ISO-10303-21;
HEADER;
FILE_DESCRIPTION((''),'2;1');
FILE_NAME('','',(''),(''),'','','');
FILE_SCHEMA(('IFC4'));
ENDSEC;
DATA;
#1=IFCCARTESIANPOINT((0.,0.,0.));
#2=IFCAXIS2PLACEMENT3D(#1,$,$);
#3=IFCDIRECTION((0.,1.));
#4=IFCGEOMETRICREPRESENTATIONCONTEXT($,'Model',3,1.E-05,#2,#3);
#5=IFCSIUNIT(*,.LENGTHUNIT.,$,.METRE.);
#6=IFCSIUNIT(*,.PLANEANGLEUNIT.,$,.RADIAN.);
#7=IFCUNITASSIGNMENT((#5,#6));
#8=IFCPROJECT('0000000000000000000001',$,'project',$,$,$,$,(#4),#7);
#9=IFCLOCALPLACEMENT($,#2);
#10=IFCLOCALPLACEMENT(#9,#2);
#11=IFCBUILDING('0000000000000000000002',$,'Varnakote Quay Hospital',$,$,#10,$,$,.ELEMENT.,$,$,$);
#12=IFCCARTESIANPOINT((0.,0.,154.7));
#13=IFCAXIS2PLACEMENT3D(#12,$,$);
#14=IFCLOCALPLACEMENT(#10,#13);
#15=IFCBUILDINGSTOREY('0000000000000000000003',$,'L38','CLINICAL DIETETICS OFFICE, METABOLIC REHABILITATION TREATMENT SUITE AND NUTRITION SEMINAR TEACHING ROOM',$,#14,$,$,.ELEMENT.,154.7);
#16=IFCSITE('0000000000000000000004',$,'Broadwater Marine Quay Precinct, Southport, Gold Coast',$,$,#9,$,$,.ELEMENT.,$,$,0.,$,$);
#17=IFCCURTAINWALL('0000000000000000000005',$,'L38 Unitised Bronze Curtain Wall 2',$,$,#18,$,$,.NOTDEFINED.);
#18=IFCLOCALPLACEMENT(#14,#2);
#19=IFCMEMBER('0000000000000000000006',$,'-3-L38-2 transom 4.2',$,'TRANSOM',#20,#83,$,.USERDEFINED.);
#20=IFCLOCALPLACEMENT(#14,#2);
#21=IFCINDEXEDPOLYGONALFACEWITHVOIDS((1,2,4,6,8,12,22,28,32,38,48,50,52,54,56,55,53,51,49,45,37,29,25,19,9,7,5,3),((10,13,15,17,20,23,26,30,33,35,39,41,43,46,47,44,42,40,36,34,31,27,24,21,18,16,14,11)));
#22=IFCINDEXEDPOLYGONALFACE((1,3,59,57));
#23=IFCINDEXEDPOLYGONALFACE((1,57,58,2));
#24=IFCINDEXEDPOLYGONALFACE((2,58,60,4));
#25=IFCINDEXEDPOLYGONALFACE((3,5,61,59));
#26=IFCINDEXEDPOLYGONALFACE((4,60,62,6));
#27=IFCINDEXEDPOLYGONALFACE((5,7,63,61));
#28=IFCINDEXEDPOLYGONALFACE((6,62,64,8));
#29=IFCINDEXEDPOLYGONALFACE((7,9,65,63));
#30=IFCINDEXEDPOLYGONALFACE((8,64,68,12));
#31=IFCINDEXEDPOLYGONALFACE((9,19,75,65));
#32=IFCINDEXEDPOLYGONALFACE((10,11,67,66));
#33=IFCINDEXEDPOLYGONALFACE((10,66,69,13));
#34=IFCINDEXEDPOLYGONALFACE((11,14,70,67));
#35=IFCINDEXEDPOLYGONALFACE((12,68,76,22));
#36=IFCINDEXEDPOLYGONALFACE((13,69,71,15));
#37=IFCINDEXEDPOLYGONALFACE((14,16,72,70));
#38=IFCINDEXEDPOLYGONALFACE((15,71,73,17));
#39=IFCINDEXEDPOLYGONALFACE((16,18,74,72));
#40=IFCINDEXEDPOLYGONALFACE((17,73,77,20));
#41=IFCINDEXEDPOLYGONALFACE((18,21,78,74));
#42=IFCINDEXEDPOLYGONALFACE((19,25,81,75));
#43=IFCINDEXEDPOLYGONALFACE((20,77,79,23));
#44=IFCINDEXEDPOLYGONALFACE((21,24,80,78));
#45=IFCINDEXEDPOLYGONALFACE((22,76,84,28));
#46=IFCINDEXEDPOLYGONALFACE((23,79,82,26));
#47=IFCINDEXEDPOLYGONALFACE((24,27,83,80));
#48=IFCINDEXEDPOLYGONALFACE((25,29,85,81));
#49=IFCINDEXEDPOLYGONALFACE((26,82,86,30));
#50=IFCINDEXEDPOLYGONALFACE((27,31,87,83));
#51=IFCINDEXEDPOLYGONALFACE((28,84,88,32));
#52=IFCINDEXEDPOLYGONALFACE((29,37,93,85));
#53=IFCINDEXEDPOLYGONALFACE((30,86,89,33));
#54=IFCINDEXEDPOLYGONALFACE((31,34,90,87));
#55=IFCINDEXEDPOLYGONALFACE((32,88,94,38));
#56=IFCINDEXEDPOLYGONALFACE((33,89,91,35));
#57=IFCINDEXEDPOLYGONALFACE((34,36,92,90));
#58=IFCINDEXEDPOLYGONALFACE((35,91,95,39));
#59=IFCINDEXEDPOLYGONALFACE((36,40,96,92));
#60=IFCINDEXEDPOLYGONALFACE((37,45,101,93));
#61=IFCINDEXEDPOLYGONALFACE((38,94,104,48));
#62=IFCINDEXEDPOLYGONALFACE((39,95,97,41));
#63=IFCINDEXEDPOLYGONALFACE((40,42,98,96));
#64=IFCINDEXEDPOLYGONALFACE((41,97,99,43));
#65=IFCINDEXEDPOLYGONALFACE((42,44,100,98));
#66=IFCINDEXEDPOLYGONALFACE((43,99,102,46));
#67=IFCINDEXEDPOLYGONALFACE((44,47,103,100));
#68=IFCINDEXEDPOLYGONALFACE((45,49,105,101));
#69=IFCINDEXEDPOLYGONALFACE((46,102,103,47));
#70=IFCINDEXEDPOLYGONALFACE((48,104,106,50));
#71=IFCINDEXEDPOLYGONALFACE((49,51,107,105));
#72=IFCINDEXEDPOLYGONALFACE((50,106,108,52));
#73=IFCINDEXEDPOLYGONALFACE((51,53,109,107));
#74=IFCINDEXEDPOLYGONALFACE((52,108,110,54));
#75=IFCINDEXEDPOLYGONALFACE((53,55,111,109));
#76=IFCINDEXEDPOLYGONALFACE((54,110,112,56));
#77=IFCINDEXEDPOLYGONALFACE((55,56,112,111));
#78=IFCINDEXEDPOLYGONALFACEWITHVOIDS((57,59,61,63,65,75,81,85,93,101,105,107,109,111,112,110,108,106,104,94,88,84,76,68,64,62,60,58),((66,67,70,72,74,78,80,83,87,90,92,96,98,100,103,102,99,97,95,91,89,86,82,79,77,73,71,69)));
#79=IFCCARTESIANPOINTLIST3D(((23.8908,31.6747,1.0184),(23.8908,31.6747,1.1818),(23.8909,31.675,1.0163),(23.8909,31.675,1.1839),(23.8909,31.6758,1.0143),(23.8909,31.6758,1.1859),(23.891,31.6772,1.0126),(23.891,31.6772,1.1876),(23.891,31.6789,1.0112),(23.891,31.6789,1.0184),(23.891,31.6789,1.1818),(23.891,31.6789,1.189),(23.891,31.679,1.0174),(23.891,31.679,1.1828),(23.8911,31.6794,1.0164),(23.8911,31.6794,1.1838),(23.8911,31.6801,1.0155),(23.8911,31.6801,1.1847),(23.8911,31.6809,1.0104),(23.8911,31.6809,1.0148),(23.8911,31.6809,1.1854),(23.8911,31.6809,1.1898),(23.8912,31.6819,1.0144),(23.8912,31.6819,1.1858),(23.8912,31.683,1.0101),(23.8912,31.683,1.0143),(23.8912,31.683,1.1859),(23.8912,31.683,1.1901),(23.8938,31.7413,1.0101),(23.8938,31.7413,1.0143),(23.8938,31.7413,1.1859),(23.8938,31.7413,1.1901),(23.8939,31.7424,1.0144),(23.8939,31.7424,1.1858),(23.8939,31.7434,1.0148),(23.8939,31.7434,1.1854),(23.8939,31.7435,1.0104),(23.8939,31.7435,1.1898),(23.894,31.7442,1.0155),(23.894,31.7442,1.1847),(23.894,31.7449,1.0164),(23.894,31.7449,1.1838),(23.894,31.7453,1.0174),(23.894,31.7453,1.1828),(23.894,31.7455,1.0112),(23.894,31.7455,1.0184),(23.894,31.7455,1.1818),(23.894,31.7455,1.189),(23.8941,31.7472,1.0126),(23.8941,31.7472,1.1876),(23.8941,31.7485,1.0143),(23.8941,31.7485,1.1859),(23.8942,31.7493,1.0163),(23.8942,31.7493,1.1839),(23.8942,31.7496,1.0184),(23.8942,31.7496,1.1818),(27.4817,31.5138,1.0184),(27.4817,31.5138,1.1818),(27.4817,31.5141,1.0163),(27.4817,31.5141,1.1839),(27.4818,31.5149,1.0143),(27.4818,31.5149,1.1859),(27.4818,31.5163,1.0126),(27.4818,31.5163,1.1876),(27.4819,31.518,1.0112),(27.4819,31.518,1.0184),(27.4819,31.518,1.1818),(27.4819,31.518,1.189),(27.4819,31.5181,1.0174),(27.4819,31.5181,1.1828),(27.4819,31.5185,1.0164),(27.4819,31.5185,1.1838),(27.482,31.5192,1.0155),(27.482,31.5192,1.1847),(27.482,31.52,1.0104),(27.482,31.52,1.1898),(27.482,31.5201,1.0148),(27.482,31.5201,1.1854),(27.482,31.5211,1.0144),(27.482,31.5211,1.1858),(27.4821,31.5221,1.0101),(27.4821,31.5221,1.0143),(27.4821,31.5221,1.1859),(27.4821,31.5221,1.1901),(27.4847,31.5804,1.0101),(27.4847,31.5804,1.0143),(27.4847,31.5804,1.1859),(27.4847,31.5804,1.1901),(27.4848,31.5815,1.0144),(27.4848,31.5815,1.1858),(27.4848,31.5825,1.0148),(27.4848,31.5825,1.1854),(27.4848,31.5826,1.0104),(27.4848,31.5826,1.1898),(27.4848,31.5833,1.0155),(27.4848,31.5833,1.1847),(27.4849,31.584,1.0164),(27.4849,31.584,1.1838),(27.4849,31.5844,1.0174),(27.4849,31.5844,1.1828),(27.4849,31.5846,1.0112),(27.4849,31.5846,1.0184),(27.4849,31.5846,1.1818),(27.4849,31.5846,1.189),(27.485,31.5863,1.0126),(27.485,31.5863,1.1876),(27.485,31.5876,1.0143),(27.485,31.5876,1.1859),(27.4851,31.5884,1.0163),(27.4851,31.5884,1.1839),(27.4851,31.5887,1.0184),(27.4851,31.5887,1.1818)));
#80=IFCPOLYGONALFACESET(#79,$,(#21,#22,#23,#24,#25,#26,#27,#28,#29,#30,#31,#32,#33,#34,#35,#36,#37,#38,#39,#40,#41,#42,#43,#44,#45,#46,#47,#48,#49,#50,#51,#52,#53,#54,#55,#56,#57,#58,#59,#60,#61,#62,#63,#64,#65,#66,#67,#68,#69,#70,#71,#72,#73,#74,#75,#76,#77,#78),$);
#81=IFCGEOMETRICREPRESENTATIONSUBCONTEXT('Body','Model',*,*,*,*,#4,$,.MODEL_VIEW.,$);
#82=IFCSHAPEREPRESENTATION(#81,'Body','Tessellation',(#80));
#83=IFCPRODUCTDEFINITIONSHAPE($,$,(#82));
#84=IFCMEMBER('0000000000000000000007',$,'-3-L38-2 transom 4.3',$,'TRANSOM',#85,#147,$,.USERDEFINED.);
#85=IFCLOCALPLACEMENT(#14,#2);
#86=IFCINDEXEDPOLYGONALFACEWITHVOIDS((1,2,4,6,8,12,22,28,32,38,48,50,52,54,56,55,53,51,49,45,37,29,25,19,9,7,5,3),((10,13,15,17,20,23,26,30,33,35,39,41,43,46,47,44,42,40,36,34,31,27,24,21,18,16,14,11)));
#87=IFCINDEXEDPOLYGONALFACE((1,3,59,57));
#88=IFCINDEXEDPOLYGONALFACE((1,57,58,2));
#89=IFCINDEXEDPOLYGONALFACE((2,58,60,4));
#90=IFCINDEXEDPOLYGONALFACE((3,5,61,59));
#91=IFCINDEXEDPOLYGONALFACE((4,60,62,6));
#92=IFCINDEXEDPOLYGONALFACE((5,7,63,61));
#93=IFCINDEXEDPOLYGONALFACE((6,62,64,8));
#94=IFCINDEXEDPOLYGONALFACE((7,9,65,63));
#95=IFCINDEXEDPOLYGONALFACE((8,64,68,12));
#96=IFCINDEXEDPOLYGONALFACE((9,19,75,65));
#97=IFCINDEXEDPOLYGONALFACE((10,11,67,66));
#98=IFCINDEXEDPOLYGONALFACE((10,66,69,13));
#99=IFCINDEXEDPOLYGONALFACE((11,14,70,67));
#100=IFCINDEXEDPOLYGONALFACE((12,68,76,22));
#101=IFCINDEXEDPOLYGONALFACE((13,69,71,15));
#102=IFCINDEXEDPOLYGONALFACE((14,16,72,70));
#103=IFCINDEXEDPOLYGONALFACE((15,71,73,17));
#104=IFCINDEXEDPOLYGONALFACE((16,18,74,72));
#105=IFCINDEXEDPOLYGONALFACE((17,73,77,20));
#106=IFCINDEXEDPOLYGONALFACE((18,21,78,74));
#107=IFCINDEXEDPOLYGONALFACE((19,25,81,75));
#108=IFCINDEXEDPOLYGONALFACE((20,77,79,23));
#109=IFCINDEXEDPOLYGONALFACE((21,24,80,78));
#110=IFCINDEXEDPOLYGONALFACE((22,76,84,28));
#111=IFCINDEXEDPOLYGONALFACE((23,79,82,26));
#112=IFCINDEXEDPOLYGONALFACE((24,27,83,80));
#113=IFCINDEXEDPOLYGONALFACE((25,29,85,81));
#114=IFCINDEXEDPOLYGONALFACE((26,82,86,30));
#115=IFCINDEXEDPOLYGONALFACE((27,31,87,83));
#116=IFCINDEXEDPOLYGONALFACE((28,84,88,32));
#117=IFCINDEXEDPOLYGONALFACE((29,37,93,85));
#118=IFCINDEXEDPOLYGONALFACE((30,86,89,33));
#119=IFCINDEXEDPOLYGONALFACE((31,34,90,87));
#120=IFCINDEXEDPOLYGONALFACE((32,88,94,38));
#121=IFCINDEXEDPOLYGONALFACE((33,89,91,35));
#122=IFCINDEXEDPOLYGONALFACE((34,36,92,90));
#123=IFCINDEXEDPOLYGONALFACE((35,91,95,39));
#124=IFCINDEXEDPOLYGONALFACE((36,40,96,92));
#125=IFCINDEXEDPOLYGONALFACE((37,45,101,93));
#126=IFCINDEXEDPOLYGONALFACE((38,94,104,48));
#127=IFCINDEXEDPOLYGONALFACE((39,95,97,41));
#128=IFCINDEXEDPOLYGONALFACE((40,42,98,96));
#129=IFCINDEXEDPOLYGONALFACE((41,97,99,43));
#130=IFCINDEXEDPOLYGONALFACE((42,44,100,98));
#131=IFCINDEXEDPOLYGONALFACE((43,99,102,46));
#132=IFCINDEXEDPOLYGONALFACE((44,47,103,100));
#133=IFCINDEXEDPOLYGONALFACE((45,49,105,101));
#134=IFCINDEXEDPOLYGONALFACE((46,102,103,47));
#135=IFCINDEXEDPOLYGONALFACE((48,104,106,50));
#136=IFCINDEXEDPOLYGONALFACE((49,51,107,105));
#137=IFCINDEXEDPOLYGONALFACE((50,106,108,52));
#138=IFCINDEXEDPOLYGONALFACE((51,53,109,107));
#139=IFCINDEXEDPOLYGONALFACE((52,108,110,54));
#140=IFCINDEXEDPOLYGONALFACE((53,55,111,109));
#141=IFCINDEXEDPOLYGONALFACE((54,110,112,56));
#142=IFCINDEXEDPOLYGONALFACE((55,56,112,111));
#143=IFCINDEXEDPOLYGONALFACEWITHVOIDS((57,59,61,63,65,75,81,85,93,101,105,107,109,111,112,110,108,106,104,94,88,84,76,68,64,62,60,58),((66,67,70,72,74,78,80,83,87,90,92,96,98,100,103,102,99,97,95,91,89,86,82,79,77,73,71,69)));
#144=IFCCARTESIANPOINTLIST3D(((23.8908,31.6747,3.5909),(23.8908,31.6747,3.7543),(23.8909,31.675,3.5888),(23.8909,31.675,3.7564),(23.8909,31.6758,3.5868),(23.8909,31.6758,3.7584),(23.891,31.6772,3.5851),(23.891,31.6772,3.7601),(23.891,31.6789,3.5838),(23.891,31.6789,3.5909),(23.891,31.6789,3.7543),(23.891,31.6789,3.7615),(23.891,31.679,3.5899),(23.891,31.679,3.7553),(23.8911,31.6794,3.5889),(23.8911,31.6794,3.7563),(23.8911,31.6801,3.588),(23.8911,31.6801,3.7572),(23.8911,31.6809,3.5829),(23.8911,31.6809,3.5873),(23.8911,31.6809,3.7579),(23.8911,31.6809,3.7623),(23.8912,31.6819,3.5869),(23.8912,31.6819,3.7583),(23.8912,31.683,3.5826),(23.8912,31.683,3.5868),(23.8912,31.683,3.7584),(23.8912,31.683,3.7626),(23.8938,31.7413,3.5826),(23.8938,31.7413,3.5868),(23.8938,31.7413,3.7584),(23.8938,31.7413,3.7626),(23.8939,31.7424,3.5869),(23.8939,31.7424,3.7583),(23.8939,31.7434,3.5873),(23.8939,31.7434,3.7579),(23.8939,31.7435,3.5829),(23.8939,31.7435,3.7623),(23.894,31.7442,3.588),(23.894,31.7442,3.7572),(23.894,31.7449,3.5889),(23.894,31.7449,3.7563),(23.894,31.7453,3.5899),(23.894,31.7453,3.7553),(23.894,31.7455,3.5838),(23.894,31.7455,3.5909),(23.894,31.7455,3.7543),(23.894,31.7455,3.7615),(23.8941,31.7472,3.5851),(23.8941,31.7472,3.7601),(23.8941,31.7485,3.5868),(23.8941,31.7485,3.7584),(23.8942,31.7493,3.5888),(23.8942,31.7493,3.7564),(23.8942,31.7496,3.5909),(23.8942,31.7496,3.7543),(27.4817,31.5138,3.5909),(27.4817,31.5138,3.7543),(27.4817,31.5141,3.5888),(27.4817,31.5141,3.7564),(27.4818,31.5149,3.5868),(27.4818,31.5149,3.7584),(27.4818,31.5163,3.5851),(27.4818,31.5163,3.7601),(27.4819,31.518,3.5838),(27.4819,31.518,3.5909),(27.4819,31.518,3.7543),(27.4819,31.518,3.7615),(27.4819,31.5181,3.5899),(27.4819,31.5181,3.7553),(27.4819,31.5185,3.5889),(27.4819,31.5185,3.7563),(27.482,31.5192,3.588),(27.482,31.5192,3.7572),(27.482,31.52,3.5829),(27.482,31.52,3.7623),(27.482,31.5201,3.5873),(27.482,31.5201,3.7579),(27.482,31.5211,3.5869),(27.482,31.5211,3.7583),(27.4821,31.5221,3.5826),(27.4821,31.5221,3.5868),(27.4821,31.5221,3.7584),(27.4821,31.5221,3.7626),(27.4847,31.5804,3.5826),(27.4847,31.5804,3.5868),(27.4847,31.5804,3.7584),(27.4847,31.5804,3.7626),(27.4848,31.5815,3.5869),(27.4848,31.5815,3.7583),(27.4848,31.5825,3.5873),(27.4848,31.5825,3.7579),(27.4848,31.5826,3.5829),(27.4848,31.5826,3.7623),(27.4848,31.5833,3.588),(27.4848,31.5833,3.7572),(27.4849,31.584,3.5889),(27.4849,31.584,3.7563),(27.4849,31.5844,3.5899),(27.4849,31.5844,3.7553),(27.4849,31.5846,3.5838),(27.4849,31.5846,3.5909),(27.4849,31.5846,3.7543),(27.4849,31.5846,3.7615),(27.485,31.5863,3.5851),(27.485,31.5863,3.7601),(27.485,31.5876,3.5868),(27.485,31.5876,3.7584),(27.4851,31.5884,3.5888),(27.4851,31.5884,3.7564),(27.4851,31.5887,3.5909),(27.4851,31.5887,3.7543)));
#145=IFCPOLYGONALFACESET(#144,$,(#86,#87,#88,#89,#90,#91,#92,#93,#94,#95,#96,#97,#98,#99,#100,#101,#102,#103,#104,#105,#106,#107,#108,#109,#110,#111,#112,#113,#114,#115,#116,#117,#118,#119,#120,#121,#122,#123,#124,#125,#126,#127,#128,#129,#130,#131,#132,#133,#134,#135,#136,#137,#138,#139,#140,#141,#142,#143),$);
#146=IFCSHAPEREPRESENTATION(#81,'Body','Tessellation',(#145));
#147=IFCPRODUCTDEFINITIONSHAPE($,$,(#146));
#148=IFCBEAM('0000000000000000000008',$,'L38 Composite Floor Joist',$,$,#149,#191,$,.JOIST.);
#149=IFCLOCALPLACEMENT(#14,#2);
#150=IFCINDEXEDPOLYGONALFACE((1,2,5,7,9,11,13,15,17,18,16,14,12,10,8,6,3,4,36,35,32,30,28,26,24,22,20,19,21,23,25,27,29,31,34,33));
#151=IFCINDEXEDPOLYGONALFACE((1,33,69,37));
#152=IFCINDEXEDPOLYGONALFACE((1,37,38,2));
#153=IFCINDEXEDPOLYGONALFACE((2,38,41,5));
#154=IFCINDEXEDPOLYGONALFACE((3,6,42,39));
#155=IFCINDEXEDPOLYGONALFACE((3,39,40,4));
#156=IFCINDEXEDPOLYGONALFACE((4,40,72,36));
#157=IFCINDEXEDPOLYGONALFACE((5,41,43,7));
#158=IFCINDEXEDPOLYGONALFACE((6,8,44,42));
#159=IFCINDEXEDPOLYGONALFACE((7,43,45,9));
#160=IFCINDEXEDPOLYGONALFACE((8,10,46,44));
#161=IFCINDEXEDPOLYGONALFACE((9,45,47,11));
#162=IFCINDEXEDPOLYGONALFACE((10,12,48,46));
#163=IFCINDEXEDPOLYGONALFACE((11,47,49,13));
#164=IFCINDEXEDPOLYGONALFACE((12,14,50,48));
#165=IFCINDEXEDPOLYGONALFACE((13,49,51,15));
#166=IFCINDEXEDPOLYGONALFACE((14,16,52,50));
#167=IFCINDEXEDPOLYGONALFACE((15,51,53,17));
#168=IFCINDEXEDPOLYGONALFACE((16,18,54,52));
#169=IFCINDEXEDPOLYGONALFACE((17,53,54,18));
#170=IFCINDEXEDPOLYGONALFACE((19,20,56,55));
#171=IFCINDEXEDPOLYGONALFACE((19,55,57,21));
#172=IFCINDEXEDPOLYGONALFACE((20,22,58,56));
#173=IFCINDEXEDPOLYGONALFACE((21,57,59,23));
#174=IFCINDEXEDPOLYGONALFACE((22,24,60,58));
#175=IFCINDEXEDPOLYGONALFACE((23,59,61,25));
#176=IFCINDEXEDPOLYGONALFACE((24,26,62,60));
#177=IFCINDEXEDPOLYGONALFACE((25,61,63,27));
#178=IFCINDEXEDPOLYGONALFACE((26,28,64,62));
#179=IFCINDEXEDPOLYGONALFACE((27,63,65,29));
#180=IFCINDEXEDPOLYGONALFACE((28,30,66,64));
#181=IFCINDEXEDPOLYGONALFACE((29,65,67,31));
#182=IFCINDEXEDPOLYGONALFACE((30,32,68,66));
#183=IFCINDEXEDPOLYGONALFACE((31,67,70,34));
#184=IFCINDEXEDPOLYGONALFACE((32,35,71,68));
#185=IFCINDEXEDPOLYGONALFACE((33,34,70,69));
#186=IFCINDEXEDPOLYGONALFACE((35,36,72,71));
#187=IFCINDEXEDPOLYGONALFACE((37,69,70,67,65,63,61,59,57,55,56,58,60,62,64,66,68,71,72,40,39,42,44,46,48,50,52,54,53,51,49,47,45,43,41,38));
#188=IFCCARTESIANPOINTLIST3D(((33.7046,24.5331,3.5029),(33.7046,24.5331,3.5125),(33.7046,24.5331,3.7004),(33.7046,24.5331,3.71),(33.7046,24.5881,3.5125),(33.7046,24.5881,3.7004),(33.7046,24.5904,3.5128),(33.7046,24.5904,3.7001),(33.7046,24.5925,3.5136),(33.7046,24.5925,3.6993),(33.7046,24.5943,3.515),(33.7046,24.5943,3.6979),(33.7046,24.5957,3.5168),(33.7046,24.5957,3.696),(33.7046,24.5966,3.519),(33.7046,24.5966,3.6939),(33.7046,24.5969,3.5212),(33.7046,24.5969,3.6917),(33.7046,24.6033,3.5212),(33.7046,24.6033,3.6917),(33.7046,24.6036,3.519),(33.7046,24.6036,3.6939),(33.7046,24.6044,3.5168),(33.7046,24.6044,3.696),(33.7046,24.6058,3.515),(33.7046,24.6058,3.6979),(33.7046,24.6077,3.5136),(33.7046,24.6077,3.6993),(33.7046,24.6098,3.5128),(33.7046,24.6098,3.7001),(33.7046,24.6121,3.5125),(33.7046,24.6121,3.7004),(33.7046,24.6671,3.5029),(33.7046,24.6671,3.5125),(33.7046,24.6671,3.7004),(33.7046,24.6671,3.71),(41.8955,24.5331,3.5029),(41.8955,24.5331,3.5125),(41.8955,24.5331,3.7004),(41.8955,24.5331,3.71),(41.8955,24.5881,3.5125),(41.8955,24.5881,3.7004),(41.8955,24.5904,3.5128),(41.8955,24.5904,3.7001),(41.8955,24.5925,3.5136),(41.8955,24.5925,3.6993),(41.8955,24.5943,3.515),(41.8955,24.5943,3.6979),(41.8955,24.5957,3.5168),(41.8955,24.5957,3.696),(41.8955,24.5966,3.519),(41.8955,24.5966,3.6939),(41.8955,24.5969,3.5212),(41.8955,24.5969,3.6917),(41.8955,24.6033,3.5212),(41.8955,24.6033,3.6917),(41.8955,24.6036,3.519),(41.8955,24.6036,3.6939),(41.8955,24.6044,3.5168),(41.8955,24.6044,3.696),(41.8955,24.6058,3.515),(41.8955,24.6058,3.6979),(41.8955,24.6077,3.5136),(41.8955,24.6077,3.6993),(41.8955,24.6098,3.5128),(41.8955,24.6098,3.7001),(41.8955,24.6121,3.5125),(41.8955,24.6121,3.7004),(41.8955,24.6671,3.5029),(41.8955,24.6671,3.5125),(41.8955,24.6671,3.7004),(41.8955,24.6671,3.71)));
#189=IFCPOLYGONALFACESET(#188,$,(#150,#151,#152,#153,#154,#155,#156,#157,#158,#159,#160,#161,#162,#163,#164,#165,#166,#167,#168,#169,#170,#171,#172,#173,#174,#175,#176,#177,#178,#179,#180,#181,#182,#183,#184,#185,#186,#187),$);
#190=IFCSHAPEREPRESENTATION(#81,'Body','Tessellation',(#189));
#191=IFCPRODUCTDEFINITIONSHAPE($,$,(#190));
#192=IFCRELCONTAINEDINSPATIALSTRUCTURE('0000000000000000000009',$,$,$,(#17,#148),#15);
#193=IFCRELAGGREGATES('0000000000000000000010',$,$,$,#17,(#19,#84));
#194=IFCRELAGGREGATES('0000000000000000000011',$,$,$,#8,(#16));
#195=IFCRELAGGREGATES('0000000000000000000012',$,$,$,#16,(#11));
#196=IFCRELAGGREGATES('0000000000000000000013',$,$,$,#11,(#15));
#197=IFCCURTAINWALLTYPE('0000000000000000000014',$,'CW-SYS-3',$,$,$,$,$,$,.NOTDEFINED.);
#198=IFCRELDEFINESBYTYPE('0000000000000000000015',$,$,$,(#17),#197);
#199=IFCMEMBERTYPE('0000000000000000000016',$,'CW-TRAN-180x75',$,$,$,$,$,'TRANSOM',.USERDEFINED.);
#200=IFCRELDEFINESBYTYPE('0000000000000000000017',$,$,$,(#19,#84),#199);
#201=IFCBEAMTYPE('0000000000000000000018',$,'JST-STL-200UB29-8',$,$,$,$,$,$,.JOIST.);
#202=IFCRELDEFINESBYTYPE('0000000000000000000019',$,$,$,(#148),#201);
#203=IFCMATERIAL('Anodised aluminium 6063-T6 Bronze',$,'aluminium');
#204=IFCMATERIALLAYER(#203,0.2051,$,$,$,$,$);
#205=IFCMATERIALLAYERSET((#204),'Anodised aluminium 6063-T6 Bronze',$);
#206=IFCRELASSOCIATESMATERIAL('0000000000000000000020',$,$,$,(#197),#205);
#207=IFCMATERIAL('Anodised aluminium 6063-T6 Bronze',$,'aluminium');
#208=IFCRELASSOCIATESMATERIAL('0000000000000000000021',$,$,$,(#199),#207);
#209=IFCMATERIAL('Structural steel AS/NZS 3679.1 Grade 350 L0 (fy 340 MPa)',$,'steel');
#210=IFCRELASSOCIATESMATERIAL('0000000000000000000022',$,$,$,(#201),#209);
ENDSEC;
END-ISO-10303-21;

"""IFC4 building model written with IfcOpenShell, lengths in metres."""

from ifc_helpers import new_model, si_unit, direction, frame, origin, origin_2d, place, context, subcontext, project, spatial, hollow_rectangle, i_section, extrude, material, layer, layer_set, material_profile, profile_set, type_object, element, aggregate, save


model = new_model("IFC4")

# Units and contexts
model_context = context("Model", 3, precision=1e-05, world=origin(), true_north=direction((0.0, 1.0)))
body_context = subcontext(model_context, "Body", "Model", "MODEL_VIEW")
ifc_project = project(units=[si_unit("LENGTHUNIT", "METRE"), si_unit("PLANEANGLEUNIT", "RADIAN")], contexts=[model_context])

# Site, building, storey
site_placement = place(None, origin())
site = spatial("IfcSite", under=ifc_project, at=site_placement, Name="Broadwater Marine Quay Precinct, Southport, Gold Coast", CompositionType="ELEMENT", RefElevation=0.0)
building_placement = place(site_placement, origin())
building = spatial("IfcBuilding", under=site, at=building_placement, Name="Varnakote Quay Hospital", CompositionType="ELEMENT")
storey_placement = place(building_placement, frame((0.0, 0.0, 154.7)))
storey = spatial("IfcBuildingStorey", under=building, at=storey_placement, Name="L38", Description="CLINICAL DIETETICS OFFICE, METABOLIC REHABILITATION TREATMENT SUITE AND NUTRITION SEMINAR TEACHING ROOM", CompositionType="ELEMENT", Elevation=154.7)

# Curtain wall, members
ifc_material_1 = material(Name="Anodised aluminium 6063-T6 Bronze", Category="aluminium")
ifc_layer_1 = layer(ifc_material_1, 0.2051)
ifc_layer_set_1 = layer_set([ifc_layer_1], Name="Anodised aluminium 6063-T6 Bronze")
curtain_wall_type = type_object("IfcCurtainWallType", Name="CW-SYS-3", PredefinedType="NOTDEFINED", material=ifc_layer_set_1)
curtain_wall_placement = place(storey_placement, origin())
curtain_wall = element("IfcCurtainWall", 1, at=curtain_wall_placement, inside=storey, type_object=curtain_wall_type, Name="L38 Unitised Bronze Curtain Wall 2", PredefinedType="NOTDEFINED")
ifc_material_2 = material(Name="Anodised aluminium 6063-T6 Bronze", Category="aluminium")
ifc_material_profile_1 = material_profile(ifc_material_2, hollow_rectangle(XDim=0.075, YDim=0.1799, WallThickness=0.0042, InnerFilletRadius=0.0042, OuterFilletRadius=0.0083, at=origin_2d()), Name="CW-TRAN-180x75")
ifc_profile_set_1 = profile_set([ifc_material_profile_1], Name="Anodised aluminium 6063-T6 Bronze")
member_type_1 = type_object("IfcMemberType", Name="CW-TRAN-180x75", ElementType="TRANSOM", PredefinedType="USERDEFINED", material=ifc_profile_set_1)
member_1_placement = place(storey_placement, frame((27.4834, 31.5513, 1.1001), z_axis=(-0.998998, 0.044761, 0.0), x_axis=(-0.044761, -0.998998, 0.0)))
member_1 = element("IfcMember", 2, at=member_1_placement, type_object=member_type_1, Name="-3-L38-2 transom 4.2", ObjectType="TRANSOM", PredefinedType="USERDEFINED", context=body_context, shape_type="SweptSolid", body=[
    extrude(hollow_rectangle(XDim=0.075, YDim=0.1799, WallThickness=0.0042, InnerFilletRadius=0.0042, OuterFilletRadius=0.0083, at=origin_2d()), origin(), (0.0, 0.0, 1.0), 3.5945),
])
member_2_placement = place(storey_placement, frame((27.4834, 31.5513, 3.6726), z_axis=(-0.998998, 0.044761, 0.0), x_axis=(-0.044761, -0.998998, 0.0)))
member_2 = element("IfcMember", 3, at=member_2_placement, type_object=member_type_1, Name="-3-L38-2 transom 4.3", ObjectType="TRANSOM", PredefinedType="USERDEFINED", context=body_context, shape_type="SweptSolid", body=[
    extrude(hollow_rectangle(XDim=0.075, YDim=0.1799, WallThickness=0.0042, InnerFilletRadius=0.0042, OuterFilletRadius=0.0083, at=origin_2d()), origin(), (0.0, 0.0, 1.0), 3.5945),
])

# Beam
ifc_material_3 = material(Name="Structural steel AS/NZS 3679.1 Grade 350 L0 (fy 340 MPa)", Category="steel")
ifc_material_profile_2 = material_profile(ifc_material_3, i_section(OverallWidth=0.134, OverallDepth=0.207, WebThickness=0.0063, FlangeThickness=0.0095, FilletRadius=0.0088, at=origin_2d()), Name="200UB29.8")
ifc_profile_set_2 = profile_set([ifc_material_profile_2], Name="Structural steel AS/NZS 3679.1 Grade 350 L0 (fy 340 MPa)")
beam_type = type_object("IfcBeamType", Name="JST-STL-200UB29-8", PredefinedType="JOIST", material=ifc_profile_set_2)
beam_placement = place(storey_placement, frame((33.7046, 24.6001, 3.6064), z_axis=(1.0, 0.0, 0.0), x_axis=(0.0, 1.0, 0.0)))
element("IfcBeam", 4, at=beam_placement, inside=storey, type_object=beam_type, Name="L38 Composite Floor Joist", PredefinedType="JOIST", context=body_context, shape_type="SweptSolid", body=[
    extrude(i_section(OverallWidth=0.134, OverallDepth=0.207, WebThickness=0.0063, FlangeThickness=0.0095, FilletRadius=0.0088, at=origin_2d()), origin(), (0.0, 0.0, 1.0), 8.1909),
])

aggregate(curtain_wall, [member_1, member_2])

save(model, "model.ifc")
